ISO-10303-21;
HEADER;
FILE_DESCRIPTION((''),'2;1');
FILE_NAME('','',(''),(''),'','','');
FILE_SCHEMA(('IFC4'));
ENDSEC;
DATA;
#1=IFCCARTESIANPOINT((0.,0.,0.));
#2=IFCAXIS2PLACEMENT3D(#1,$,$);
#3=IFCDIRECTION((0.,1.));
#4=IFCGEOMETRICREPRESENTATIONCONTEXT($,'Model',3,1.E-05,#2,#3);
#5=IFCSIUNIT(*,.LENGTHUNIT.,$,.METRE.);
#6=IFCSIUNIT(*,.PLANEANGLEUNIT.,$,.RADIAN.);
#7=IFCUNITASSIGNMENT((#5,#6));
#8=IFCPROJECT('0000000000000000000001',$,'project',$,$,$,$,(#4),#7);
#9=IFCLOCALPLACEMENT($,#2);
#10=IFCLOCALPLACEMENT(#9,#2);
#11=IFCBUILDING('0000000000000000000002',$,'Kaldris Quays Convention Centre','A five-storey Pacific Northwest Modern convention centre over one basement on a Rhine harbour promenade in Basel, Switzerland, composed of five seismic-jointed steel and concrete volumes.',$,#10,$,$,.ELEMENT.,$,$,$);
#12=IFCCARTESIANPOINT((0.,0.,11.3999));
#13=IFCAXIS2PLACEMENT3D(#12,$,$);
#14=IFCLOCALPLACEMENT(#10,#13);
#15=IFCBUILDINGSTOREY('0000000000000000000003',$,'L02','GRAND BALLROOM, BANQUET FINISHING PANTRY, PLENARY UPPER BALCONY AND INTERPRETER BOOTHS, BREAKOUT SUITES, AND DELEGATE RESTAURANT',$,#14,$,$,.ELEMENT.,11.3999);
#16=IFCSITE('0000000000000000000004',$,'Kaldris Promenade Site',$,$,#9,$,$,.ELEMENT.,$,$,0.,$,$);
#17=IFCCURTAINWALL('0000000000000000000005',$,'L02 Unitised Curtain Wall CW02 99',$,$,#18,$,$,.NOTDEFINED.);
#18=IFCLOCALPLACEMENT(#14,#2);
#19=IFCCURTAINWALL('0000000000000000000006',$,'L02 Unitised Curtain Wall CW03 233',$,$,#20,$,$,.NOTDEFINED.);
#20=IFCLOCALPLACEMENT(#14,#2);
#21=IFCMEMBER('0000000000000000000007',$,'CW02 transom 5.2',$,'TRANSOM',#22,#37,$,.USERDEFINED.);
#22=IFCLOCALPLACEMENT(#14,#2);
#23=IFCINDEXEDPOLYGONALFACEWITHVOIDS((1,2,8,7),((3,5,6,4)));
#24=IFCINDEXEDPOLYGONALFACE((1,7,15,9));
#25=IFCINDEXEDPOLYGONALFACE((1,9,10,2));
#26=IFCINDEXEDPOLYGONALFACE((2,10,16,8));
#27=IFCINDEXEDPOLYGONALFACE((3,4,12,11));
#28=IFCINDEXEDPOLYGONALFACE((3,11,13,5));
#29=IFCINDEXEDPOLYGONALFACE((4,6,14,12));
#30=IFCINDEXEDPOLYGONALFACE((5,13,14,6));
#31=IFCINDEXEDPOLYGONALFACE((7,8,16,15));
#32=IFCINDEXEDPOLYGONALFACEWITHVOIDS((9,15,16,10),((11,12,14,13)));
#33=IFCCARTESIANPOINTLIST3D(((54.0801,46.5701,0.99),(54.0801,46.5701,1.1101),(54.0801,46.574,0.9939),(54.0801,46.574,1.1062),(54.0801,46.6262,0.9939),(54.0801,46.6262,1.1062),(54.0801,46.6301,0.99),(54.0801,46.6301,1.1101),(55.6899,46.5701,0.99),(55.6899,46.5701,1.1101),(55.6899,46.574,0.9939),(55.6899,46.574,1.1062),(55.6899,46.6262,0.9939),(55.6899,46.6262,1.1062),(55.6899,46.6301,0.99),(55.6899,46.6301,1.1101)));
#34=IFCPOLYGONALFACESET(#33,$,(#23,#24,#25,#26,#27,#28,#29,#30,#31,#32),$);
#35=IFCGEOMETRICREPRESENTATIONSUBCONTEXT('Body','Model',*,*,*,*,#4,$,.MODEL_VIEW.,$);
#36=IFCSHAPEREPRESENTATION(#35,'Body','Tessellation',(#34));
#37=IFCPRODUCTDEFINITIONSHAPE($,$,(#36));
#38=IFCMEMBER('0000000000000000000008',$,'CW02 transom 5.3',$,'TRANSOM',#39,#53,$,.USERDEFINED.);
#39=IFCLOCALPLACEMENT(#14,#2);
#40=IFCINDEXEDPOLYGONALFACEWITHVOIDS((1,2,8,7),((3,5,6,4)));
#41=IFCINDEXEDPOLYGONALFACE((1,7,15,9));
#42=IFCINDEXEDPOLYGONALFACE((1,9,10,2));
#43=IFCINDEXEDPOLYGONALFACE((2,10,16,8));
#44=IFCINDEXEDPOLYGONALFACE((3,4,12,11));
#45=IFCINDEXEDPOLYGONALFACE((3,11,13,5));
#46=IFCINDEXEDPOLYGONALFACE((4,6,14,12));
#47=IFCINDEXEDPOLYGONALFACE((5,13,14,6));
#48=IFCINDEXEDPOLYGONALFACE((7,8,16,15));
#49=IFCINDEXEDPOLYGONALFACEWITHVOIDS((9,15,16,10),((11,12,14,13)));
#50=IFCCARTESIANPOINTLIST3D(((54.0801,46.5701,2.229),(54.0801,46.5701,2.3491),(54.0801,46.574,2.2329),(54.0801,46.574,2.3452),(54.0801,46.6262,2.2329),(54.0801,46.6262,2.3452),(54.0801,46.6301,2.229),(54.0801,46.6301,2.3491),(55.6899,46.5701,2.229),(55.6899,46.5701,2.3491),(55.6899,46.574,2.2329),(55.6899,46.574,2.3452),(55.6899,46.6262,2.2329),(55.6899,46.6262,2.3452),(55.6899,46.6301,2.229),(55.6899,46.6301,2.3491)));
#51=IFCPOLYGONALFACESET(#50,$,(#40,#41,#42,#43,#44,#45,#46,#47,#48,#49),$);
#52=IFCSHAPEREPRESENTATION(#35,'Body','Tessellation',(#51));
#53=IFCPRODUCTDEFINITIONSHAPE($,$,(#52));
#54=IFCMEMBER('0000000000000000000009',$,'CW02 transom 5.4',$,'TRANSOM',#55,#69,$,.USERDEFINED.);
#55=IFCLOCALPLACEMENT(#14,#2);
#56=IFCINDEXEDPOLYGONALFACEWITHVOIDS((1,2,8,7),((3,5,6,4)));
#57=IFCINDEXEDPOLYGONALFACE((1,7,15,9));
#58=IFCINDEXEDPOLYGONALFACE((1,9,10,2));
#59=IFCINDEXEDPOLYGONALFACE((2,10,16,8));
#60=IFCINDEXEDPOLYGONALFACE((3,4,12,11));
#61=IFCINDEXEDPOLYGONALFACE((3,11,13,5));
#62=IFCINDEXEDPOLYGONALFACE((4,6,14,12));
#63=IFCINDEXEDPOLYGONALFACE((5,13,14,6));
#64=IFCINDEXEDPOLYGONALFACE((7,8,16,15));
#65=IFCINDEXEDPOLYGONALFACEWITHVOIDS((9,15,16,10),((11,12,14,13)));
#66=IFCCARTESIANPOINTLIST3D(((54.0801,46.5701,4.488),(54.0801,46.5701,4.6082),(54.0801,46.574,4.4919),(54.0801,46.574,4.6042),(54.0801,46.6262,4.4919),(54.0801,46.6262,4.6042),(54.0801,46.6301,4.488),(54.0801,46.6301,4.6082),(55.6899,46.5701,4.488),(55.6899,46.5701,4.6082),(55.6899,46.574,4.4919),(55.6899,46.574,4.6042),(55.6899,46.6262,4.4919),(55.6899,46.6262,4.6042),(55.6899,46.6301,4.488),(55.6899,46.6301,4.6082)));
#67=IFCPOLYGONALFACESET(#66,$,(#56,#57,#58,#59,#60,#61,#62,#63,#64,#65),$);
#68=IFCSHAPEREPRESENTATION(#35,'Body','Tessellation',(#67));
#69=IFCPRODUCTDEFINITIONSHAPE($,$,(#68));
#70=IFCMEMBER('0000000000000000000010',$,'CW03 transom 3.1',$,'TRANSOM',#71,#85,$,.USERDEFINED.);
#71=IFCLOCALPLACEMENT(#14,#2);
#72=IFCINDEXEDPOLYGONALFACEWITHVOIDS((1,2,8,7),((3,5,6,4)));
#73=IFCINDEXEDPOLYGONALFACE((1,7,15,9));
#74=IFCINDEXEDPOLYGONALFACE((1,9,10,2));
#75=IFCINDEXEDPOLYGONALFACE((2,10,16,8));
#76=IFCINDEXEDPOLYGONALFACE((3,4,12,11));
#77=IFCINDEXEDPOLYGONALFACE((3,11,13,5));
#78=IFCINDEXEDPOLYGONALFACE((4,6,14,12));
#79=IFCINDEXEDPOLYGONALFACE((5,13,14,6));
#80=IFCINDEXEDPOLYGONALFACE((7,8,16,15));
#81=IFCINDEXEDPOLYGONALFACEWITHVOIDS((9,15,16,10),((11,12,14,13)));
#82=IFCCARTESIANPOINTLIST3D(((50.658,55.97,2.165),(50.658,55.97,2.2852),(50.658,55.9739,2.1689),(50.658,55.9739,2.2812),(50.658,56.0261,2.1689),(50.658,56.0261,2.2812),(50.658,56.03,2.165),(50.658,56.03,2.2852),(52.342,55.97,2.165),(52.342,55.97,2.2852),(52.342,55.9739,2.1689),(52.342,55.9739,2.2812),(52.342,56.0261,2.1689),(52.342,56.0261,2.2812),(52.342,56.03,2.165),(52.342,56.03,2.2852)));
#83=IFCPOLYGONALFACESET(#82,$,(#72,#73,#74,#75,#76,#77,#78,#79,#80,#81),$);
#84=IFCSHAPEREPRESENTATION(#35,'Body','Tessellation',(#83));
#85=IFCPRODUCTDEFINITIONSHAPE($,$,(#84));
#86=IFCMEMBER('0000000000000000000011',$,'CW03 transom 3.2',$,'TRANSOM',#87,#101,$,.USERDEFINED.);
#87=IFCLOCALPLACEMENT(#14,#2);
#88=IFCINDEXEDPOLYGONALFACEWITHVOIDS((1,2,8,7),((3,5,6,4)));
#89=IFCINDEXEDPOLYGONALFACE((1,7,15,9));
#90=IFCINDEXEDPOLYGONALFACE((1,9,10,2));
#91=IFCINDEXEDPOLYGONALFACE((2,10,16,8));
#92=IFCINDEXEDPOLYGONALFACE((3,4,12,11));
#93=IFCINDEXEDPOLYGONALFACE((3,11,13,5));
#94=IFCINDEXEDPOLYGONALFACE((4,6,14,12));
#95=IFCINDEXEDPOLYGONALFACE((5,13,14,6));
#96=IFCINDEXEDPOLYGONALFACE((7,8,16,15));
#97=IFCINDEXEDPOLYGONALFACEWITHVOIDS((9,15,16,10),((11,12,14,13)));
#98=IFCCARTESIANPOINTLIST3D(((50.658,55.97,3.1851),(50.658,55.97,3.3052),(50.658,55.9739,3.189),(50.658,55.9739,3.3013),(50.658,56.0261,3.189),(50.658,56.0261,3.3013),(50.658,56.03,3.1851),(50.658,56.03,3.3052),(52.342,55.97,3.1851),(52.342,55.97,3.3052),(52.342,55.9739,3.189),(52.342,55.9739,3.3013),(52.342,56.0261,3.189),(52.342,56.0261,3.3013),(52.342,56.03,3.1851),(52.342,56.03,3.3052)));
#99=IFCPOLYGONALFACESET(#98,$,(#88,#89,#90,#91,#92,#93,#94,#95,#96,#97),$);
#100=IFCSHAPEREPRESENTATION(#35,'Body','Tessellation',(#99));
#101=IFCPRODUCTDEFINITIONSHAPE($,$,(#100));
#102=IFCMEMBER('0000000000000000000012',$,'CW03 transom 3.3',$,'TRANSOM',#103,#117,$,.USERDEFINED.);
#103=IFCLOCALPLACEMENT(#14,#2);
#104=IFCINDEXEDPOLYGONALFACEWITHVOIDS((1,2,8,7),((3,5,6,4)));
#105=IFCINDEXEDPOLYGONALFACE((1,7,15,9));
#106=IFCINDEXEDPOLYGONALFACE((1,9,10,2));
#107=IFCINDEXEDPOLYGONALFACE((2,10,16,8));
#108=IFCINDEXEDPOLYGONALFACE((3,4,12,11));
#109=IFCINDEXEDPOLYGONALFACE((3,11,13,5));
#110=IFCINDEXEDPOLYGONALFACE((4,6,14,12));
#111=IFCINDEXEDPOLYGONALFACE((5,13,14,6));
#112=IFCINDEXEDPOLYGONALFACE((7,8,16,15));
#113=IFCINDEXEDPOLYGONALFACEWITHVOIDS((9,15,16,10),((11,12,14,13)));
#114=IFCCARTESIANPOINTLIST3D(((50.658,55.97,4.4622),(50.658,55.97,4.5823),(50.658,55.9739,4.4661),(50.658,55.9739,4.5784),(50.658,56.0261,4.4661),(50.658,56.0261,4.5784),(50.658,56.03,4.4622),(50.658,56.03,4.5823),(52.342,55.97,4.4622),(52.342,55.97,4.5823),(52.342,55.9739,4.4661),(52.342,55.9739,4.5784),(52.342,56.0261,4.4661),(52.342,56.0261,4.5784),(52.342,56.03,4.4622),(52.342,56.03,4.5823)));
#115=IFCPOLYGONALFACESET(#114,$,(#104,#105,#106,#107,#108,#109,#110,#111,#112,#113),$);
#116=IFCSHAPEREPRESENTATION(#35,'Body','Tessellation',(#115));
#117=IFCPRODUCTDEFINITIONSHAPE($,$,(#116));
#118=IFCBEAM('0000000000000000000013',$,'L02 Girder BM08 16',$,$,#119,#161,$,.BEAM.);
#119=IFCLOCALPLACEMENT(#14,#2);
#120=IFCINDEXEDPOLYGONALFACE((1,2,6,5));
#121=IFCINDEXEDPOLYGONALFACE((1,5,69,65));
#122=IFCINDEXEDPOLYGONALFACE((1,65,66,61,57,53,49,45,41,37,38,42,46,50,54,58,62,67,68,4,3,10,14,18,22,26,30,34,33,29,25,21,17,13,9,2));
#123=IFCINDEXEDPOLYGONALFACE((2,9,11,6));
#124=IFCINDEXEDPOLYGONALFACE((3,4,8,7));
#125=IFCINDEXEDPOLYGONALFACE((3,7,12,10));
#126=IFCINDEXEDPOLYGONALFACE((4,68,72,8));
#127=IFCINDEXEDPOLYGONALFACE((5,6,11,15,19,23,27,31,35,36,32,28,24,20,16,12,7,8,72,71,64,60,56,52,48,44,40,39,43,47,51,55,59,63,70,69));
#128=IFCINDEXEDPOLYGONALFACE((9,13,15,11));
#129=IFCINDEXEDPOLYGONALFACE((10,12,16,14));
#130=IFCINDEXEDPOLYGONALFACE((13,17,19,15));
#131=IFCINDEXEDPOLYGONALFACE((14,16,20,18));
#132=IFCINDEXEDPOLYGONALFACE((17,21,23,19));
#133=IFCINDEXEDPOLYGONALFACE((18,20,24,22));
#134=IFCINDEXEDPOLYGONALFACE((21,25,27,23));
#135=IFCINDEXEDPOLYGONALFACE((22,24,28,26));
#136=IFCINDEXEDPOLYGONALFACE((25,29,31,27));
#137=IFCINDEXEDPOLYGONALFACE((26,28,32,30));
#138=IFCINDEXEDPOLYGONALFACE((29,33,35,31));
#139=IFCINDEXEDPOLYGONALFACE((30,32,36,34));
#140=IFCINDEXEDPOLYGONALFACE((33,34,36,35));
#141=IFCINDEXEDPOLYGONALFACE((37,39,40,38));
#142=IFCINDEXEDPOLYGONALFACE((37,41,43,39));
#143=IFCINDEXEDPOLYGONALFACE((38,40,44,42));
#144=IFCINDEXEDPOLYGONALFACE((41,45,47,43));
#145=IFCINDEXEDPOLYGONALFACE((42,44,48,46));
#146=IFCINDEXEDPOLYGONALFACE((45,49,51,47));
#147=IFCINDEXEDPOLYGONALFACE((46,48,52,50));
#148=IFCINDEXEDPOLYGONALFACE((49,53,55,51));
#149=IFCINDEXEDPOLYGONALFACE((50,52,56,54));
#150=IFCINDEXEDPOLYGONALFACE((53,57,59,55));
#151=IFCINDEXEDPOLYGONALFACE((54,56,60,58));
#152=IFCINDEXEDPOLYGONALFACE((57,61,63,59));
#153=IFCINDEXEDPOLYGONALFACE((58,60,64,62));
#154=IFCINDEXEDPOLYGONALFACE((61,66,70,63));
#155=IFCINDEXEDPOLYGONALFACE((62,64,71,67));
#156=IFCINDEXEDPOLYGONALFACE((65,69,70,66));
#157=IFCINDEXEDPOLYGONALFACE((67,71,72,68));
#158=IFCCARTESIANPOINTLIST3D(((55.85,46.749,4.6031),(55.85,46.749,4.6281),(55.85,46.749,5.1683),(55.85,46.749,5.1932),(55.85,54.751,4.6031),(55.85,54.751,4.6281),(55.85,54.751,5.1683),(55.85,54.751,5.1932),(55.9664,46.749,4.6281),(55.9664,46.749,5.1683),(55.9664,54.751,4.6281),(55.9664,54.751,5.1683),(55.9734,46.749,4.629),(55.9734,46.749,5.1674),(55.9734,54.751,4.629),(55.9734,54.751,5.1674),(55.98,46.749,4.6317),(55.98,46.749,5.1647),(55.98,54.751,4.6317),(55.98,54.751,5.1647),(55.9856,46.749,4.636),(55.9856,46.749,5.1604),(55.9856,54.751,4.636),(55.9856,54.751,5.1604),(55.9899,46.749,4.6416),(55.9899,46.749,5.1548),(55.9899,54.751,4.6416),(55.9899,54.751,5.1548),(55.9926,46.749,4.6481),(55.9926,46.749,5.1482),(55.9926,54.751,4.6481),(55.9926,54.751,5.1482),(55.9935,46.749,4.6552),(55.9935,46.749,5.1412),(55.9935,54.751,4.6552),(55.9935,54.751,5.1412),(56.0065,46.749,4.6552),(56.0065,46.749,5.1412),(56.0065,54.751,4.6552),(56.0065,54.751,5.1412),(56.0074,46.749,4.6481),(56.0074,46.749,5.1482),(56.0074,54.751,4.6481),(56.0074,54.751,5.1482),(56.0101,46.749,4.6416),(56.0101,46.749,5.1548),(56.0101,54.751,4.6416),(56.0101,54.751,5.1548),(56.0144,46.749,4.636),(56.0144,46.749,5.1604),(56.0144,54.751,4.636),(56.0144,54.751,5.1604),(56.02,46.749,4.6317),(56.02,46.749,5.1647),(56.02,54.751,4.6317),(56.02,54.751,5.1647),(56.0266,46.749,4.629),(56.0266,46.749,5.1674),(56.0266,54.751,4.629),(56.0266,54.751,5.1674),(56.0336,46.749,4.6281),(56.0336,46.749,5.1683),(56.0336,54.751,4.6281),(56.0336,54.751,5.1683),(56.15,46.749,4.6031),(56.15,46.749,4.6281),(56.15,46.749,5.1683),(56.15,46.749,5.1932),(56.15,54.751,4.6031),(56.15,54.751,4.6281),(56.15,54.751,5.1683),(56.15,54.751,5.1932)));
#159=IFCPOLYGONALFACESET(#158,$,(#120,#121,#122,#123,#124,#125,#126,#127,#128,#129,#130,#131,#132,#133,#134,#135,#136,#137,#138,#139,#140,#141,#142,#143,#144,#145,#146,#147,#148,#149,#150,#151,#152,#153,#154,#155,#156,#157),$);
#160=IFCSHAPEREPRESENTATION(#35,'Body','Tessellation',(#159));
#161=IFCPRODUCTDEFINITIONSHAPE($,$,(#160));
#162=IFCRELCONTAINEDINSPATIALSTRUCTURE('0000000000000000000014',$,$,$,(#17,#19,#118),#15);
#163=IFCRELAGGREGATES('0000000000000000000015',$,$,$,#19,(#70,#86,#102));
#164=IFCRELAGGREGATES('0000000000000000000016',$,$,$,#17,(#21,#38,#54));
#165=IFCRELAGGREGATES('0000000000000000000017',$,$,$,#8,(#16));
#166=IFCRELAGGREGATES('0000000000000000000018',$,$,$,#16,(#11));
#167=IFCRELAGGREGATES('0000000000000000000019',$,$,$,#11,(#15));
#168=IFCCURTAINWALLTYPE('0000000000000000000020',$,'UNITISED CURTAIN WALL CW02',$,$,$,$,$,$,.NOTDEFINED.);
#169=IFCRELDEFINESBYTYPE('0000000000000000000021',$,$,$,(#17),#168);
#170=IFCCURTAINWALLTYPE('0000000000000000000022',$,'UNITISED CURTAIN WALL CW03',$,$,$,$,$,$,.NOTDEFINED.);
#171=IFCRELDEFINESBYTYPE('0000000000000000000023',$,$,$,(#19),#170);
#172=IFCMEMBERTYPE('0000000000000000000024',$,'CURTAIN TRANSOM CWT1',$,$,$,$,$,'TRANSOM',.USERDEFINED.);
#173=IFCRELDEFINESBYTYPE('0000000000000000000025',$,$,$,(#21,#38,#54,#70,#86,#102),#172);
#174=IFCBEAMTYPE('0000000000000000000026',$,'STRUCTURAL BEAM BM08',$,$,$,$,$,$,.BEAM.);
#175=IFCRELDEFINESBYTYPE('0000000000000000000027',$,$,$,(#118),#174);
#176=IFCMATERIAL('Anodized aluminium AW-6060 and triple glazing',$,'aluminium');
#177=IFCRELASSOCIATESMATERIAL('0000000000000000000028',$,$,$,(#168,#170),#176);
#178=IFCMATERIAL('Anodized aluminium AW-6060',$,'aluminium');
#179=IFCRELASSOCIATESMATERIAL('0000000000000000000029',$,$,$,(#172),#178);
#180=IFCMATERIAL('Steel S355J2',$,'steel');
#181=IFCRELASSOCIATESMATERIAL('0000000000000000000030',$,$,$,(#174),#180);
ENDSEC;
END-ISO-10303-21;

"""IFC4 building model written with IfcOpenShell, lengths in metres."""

from ifc_helpers import new_model, si_unit, direction, frame, origin, origin_2d, place, context, subcontext, project, spatial, hollow_rectangle, i_section, extrude, material, material_profile, profile_set, type_object, element, aggregate, save


model = new_model("IFC4")

# Units and contexts
model_context = context("Model", 3, precision=1e-05, world=origin(), true_north=direction((0.0, 1.0)))
body_context = subcontext(model_context, "Body", "Model", "MODEL_VIEW")
ifc_project = project(units=[si_unit("LENGTHUNIT", "METRE"), si_unit("PLANEANGLEUNIT", "RADIAN")], contexts=[model_context])

# Site, building, storey
site_placement = place(None, origin())
site = spatial("IfcSite", under=ifc_project, at=site_placement, Name="Kaldris Promenade Site", CompositionType="ELEMENT", RefElevation=0.0)
building_placement = place(site_placement, origin())
building = spatial("IfcBuilding", under=site, at=building_placement, Name="Kaldris Quays Convention Centre", Description="A five-storey Pacific Northwest Modern convention centre over one basement on a Rhine harbour promenade in Basel, Switzerland, composed of five seismic-jointed steel and concrete volumes.", CompositionType="ELEMENT")
storey_placement = place(building_placement, frame((0.0, 0.0, 11.3999)))
storey = spatial("IfcBuildingStorey", under=building, at=storey_placement, Name="L02", Description="GRAND BALLROOM, BANQUET FINISHING PANTRY, PLENARY UPPER BALCONY AND INTERPRETER BOOTHS, BREAKOUT SUITES, AND DELEGATE RESTAURANT", CompositionType="ELEMENT", Elevation=11.3999)

# Shared definitions
ifc_material_1 = material(Name="Steel S355J2", Category="steel")

# Curtain wall
ifc_material_2 = material(Name="Anodized aluminium AW-6060 and triple glazing", Category="aluminium")
curtain_wall_type_1 = type_object("IfcCurtainWallType", Name="UNITISED CURTAIN WALL CW02", PredefinedType="NOTDEFINED", material=ifc_material_2)
curtain_wall_1_placement = place(storey_placement, origin())
curtain_wall_1 = element("IfcCurtainWall", 1, at=curtain_wall_1_placement, inside=storey, type_object=curtain_wall_type_1, Name="L02 Unitised Curtain Wall CW02 99", PredefinedType="NOTDEFINED")
ifc_material_3 = material(Name="Anodized aluminium AW-6060", Category="aluminium")

# Curtain wall
curtain_wall_type_2 = type_object("IfcCurtainWallType", Name="UNITISED CURTAIN WALL CW03", PredefinedType="NOTDEFINED", material=ifc_material_2)
curtain_wall_2_placement = place(storey_placement, origin())
curtain_wall_2 = element("IfcCurtainWall", 2, at=curtain_wall_2_placement, inside=storey, type_object=curtain_wall_type_2, Name="L02 Unitised Curtain Wall CW03 233", PredefinedType="NOTDEFINED")

# Members
ifc_material_profile_1 = material_profile(ifc_material_3, hollow_rectangle(XDim=0.0601, YDim=0.1201, WallThickness=0.0039, at=origin_2d()), Name="RHS 120x60x4")
ifc_profile_set_1 = profile_set([ifc_material_profile_1], Name="Anodized aluminium AW-6060")
member_type_1 = type_object("IfcMemberType", Name="CURTAIN TRANSOM CWT1", ElementType="TRANSOM", PredefinedType="USERDEFINED", material=ifc_profile_set_1)
member_1_placement = place(storey_placement, frame((54.0801, 46.6001, 1.05), z_axis=(1.0, 0.0, 0.0), x_axis=(0.0, 1.0, 0.0)))
member_1 = element("IfcMember", 3, at=member_1_placement, type_object=member_type_1, Name="CW02 transom 5.2", ObjectType="TRANSOM", PredefinedType="USERDEFINED", context=body_context, shape_type="SweptSolid", body=[
    extrude(hollow_rectangle(XDim=0.0601, YDim=0.1201, WallThickness=0.0039, at=origin_2d()), origin(), (0.0, 0.0, 1.0), 1.6099),
])
member_2_placement = place(storey_placement, frame((54.0801, 46.6001, 2.2891), z_axis=(1.0, 0.0, 0.0), x_axis=(0.0, 1.0, 0.0)))
member_2 = element("IfcMember", 4, at=member_2_placement, type_object=member_type_1, Name="CW02 transom 5.3", ObjectType="TRANSOM", PredefinedType="USERDEFINED", context=body_context, shape_type="SweptSolid", body=[
    extrude(hollow_rectangle(XDim=0.0601, YDim=0.1201, WallThickness=0.0039, at=origin_2d()), origin(), (0.0, 0.0, 1.0), 1.6099),
])
member_3_placement = place(storey_placement, frame((54.0801, 46.6001, 4.5481), z_axis=(1.0, 0.0, 0.0), x_axis=(0.0, 1.0, 0.0)))
member_3 = element("IfcMember", 5, at=member_3_placement, type_object=member_type_1, Name="CW02 transom 5.4", ObjectType="TRANSOM", PredefinedType="USERDEFINED", context=body_context, shape_type="SweptSolid", body=[
    extrude(hollow_rectangle(XDim=0.0601, YDim=0.1201, WallThickness=0.0039, at=origin_2d()), origin(), (0.0, 0.0, 1.0), 1.6099),
])
member_4_placement = place(storey_placement, frame((50.658, 56.0, 2.2251), z_axis=(1.0, 0.0, 0.0), x_axis=(0.0, 1.0, 0.0)))
member_4 = element("IfcMember", 6, at=member_4_placement, type_object=member_type_1, Name="CW03 transom 3.1", ObjectType="TRANSOM", PredefinedType="USERDEFINED", context=body_context, shape_type="SweptSolid", body=[
    extrude(hollow_rectangle(XDim=0.0601, YDim=0.1201, WallThickness=0.0039, at=origin_2d()), origin(), (0.0, 0.0, 1.0), 1.6841),
])
member_5_placement = place(storey_placement, frame((50.658, 56.0, 3.2451), z_axis=(1.0, 0.0, 0.0), x_axis=(0.0, 1.0, 0.0)))
member_5 = element("IfcMember", 7, at=member_5_placement, type_object=member_type_1, Name="CW03 transom 3.2", ObjectType="TRANSOM", PredefinedType="USERDEFINED", context=body_context, shape_type="SweptSolid", body=[
    extrude(hollow_rectangle(XDim=0.0601, YDim=0.1201, WallThickness=0.0039, at=origin_2d()), origin(), (0.0, 0.0, 1.0), 1.6841),
])
member_6_placement = place(storey_placement, frame((50.658, 56.0, 4.5222), z_axis=(1.0, 0.0, 0.0), x_axis=(0.0, 1.0, 0.0)))
member_6 = element("IfcMember", 8, at=member_6_placement, type_object=member_type_1, Name="CW03 transom 3.3", ObjectType="TRANSOM", PredefinedType="USERDEFINED", context=body_context, shape_type="SweptSolid", body=[
    extrude(hollow_rectangle(XDim=0.0601, YDim=0.1201, WallThickness=0.0039, at=origin_2d()), origin(), (0.0, 0.0, 1.0), 1.6841),
])
aggregate(curtain_wall_2, [member_4, member_5, member_6])

# Beam
ifc_material_profile_2 = material_profile(ifc_material_1, i_section(OverallWidth=0.3, OverallDepth=0.5901, WebThickness=0.0129, FlangeThickness=0.0249, FilletRadius=0.0271, at=origin_2d()), Name="HEA 600")
ifc_profile_set_2 = profile_set([ifc_material_profile_2], Name="Steel S355J2")
beam_type_1 = type_object("IfcBeamType", Name="STRUCTURAL BEAM BM08", PredefinedType="BEAM", material=ifc_profile_set_2)
beam_1_placement = place(storey_placement, frame((56.0, 46.749, 4.8982), z_axis=(0.0, 1.0, 0.0), x_axis=(-1.0, 0.0, 0.0)))
element("IfcBeam", 9, at=beam_1_placement, inside=storey, type_object=beam_type_1, Name="L02 Girder BM08 16", PredefinedType="BEAM", context=body_context, shape_type="SweptSolid", body=[
    extrude(i_section(OverallWidth=0.3, OverallDepth=0.5901, WebThickness=0.0129, FlangeThickness=0.0249, FilletRadius=0.0271, at=origin_2d()), origin(), (0.0, 0.0, 1.0), 8.002),
])

aggregate(curtain_wall_1, [member_1, member_2, member_3])

save(model, "model.ifc")
